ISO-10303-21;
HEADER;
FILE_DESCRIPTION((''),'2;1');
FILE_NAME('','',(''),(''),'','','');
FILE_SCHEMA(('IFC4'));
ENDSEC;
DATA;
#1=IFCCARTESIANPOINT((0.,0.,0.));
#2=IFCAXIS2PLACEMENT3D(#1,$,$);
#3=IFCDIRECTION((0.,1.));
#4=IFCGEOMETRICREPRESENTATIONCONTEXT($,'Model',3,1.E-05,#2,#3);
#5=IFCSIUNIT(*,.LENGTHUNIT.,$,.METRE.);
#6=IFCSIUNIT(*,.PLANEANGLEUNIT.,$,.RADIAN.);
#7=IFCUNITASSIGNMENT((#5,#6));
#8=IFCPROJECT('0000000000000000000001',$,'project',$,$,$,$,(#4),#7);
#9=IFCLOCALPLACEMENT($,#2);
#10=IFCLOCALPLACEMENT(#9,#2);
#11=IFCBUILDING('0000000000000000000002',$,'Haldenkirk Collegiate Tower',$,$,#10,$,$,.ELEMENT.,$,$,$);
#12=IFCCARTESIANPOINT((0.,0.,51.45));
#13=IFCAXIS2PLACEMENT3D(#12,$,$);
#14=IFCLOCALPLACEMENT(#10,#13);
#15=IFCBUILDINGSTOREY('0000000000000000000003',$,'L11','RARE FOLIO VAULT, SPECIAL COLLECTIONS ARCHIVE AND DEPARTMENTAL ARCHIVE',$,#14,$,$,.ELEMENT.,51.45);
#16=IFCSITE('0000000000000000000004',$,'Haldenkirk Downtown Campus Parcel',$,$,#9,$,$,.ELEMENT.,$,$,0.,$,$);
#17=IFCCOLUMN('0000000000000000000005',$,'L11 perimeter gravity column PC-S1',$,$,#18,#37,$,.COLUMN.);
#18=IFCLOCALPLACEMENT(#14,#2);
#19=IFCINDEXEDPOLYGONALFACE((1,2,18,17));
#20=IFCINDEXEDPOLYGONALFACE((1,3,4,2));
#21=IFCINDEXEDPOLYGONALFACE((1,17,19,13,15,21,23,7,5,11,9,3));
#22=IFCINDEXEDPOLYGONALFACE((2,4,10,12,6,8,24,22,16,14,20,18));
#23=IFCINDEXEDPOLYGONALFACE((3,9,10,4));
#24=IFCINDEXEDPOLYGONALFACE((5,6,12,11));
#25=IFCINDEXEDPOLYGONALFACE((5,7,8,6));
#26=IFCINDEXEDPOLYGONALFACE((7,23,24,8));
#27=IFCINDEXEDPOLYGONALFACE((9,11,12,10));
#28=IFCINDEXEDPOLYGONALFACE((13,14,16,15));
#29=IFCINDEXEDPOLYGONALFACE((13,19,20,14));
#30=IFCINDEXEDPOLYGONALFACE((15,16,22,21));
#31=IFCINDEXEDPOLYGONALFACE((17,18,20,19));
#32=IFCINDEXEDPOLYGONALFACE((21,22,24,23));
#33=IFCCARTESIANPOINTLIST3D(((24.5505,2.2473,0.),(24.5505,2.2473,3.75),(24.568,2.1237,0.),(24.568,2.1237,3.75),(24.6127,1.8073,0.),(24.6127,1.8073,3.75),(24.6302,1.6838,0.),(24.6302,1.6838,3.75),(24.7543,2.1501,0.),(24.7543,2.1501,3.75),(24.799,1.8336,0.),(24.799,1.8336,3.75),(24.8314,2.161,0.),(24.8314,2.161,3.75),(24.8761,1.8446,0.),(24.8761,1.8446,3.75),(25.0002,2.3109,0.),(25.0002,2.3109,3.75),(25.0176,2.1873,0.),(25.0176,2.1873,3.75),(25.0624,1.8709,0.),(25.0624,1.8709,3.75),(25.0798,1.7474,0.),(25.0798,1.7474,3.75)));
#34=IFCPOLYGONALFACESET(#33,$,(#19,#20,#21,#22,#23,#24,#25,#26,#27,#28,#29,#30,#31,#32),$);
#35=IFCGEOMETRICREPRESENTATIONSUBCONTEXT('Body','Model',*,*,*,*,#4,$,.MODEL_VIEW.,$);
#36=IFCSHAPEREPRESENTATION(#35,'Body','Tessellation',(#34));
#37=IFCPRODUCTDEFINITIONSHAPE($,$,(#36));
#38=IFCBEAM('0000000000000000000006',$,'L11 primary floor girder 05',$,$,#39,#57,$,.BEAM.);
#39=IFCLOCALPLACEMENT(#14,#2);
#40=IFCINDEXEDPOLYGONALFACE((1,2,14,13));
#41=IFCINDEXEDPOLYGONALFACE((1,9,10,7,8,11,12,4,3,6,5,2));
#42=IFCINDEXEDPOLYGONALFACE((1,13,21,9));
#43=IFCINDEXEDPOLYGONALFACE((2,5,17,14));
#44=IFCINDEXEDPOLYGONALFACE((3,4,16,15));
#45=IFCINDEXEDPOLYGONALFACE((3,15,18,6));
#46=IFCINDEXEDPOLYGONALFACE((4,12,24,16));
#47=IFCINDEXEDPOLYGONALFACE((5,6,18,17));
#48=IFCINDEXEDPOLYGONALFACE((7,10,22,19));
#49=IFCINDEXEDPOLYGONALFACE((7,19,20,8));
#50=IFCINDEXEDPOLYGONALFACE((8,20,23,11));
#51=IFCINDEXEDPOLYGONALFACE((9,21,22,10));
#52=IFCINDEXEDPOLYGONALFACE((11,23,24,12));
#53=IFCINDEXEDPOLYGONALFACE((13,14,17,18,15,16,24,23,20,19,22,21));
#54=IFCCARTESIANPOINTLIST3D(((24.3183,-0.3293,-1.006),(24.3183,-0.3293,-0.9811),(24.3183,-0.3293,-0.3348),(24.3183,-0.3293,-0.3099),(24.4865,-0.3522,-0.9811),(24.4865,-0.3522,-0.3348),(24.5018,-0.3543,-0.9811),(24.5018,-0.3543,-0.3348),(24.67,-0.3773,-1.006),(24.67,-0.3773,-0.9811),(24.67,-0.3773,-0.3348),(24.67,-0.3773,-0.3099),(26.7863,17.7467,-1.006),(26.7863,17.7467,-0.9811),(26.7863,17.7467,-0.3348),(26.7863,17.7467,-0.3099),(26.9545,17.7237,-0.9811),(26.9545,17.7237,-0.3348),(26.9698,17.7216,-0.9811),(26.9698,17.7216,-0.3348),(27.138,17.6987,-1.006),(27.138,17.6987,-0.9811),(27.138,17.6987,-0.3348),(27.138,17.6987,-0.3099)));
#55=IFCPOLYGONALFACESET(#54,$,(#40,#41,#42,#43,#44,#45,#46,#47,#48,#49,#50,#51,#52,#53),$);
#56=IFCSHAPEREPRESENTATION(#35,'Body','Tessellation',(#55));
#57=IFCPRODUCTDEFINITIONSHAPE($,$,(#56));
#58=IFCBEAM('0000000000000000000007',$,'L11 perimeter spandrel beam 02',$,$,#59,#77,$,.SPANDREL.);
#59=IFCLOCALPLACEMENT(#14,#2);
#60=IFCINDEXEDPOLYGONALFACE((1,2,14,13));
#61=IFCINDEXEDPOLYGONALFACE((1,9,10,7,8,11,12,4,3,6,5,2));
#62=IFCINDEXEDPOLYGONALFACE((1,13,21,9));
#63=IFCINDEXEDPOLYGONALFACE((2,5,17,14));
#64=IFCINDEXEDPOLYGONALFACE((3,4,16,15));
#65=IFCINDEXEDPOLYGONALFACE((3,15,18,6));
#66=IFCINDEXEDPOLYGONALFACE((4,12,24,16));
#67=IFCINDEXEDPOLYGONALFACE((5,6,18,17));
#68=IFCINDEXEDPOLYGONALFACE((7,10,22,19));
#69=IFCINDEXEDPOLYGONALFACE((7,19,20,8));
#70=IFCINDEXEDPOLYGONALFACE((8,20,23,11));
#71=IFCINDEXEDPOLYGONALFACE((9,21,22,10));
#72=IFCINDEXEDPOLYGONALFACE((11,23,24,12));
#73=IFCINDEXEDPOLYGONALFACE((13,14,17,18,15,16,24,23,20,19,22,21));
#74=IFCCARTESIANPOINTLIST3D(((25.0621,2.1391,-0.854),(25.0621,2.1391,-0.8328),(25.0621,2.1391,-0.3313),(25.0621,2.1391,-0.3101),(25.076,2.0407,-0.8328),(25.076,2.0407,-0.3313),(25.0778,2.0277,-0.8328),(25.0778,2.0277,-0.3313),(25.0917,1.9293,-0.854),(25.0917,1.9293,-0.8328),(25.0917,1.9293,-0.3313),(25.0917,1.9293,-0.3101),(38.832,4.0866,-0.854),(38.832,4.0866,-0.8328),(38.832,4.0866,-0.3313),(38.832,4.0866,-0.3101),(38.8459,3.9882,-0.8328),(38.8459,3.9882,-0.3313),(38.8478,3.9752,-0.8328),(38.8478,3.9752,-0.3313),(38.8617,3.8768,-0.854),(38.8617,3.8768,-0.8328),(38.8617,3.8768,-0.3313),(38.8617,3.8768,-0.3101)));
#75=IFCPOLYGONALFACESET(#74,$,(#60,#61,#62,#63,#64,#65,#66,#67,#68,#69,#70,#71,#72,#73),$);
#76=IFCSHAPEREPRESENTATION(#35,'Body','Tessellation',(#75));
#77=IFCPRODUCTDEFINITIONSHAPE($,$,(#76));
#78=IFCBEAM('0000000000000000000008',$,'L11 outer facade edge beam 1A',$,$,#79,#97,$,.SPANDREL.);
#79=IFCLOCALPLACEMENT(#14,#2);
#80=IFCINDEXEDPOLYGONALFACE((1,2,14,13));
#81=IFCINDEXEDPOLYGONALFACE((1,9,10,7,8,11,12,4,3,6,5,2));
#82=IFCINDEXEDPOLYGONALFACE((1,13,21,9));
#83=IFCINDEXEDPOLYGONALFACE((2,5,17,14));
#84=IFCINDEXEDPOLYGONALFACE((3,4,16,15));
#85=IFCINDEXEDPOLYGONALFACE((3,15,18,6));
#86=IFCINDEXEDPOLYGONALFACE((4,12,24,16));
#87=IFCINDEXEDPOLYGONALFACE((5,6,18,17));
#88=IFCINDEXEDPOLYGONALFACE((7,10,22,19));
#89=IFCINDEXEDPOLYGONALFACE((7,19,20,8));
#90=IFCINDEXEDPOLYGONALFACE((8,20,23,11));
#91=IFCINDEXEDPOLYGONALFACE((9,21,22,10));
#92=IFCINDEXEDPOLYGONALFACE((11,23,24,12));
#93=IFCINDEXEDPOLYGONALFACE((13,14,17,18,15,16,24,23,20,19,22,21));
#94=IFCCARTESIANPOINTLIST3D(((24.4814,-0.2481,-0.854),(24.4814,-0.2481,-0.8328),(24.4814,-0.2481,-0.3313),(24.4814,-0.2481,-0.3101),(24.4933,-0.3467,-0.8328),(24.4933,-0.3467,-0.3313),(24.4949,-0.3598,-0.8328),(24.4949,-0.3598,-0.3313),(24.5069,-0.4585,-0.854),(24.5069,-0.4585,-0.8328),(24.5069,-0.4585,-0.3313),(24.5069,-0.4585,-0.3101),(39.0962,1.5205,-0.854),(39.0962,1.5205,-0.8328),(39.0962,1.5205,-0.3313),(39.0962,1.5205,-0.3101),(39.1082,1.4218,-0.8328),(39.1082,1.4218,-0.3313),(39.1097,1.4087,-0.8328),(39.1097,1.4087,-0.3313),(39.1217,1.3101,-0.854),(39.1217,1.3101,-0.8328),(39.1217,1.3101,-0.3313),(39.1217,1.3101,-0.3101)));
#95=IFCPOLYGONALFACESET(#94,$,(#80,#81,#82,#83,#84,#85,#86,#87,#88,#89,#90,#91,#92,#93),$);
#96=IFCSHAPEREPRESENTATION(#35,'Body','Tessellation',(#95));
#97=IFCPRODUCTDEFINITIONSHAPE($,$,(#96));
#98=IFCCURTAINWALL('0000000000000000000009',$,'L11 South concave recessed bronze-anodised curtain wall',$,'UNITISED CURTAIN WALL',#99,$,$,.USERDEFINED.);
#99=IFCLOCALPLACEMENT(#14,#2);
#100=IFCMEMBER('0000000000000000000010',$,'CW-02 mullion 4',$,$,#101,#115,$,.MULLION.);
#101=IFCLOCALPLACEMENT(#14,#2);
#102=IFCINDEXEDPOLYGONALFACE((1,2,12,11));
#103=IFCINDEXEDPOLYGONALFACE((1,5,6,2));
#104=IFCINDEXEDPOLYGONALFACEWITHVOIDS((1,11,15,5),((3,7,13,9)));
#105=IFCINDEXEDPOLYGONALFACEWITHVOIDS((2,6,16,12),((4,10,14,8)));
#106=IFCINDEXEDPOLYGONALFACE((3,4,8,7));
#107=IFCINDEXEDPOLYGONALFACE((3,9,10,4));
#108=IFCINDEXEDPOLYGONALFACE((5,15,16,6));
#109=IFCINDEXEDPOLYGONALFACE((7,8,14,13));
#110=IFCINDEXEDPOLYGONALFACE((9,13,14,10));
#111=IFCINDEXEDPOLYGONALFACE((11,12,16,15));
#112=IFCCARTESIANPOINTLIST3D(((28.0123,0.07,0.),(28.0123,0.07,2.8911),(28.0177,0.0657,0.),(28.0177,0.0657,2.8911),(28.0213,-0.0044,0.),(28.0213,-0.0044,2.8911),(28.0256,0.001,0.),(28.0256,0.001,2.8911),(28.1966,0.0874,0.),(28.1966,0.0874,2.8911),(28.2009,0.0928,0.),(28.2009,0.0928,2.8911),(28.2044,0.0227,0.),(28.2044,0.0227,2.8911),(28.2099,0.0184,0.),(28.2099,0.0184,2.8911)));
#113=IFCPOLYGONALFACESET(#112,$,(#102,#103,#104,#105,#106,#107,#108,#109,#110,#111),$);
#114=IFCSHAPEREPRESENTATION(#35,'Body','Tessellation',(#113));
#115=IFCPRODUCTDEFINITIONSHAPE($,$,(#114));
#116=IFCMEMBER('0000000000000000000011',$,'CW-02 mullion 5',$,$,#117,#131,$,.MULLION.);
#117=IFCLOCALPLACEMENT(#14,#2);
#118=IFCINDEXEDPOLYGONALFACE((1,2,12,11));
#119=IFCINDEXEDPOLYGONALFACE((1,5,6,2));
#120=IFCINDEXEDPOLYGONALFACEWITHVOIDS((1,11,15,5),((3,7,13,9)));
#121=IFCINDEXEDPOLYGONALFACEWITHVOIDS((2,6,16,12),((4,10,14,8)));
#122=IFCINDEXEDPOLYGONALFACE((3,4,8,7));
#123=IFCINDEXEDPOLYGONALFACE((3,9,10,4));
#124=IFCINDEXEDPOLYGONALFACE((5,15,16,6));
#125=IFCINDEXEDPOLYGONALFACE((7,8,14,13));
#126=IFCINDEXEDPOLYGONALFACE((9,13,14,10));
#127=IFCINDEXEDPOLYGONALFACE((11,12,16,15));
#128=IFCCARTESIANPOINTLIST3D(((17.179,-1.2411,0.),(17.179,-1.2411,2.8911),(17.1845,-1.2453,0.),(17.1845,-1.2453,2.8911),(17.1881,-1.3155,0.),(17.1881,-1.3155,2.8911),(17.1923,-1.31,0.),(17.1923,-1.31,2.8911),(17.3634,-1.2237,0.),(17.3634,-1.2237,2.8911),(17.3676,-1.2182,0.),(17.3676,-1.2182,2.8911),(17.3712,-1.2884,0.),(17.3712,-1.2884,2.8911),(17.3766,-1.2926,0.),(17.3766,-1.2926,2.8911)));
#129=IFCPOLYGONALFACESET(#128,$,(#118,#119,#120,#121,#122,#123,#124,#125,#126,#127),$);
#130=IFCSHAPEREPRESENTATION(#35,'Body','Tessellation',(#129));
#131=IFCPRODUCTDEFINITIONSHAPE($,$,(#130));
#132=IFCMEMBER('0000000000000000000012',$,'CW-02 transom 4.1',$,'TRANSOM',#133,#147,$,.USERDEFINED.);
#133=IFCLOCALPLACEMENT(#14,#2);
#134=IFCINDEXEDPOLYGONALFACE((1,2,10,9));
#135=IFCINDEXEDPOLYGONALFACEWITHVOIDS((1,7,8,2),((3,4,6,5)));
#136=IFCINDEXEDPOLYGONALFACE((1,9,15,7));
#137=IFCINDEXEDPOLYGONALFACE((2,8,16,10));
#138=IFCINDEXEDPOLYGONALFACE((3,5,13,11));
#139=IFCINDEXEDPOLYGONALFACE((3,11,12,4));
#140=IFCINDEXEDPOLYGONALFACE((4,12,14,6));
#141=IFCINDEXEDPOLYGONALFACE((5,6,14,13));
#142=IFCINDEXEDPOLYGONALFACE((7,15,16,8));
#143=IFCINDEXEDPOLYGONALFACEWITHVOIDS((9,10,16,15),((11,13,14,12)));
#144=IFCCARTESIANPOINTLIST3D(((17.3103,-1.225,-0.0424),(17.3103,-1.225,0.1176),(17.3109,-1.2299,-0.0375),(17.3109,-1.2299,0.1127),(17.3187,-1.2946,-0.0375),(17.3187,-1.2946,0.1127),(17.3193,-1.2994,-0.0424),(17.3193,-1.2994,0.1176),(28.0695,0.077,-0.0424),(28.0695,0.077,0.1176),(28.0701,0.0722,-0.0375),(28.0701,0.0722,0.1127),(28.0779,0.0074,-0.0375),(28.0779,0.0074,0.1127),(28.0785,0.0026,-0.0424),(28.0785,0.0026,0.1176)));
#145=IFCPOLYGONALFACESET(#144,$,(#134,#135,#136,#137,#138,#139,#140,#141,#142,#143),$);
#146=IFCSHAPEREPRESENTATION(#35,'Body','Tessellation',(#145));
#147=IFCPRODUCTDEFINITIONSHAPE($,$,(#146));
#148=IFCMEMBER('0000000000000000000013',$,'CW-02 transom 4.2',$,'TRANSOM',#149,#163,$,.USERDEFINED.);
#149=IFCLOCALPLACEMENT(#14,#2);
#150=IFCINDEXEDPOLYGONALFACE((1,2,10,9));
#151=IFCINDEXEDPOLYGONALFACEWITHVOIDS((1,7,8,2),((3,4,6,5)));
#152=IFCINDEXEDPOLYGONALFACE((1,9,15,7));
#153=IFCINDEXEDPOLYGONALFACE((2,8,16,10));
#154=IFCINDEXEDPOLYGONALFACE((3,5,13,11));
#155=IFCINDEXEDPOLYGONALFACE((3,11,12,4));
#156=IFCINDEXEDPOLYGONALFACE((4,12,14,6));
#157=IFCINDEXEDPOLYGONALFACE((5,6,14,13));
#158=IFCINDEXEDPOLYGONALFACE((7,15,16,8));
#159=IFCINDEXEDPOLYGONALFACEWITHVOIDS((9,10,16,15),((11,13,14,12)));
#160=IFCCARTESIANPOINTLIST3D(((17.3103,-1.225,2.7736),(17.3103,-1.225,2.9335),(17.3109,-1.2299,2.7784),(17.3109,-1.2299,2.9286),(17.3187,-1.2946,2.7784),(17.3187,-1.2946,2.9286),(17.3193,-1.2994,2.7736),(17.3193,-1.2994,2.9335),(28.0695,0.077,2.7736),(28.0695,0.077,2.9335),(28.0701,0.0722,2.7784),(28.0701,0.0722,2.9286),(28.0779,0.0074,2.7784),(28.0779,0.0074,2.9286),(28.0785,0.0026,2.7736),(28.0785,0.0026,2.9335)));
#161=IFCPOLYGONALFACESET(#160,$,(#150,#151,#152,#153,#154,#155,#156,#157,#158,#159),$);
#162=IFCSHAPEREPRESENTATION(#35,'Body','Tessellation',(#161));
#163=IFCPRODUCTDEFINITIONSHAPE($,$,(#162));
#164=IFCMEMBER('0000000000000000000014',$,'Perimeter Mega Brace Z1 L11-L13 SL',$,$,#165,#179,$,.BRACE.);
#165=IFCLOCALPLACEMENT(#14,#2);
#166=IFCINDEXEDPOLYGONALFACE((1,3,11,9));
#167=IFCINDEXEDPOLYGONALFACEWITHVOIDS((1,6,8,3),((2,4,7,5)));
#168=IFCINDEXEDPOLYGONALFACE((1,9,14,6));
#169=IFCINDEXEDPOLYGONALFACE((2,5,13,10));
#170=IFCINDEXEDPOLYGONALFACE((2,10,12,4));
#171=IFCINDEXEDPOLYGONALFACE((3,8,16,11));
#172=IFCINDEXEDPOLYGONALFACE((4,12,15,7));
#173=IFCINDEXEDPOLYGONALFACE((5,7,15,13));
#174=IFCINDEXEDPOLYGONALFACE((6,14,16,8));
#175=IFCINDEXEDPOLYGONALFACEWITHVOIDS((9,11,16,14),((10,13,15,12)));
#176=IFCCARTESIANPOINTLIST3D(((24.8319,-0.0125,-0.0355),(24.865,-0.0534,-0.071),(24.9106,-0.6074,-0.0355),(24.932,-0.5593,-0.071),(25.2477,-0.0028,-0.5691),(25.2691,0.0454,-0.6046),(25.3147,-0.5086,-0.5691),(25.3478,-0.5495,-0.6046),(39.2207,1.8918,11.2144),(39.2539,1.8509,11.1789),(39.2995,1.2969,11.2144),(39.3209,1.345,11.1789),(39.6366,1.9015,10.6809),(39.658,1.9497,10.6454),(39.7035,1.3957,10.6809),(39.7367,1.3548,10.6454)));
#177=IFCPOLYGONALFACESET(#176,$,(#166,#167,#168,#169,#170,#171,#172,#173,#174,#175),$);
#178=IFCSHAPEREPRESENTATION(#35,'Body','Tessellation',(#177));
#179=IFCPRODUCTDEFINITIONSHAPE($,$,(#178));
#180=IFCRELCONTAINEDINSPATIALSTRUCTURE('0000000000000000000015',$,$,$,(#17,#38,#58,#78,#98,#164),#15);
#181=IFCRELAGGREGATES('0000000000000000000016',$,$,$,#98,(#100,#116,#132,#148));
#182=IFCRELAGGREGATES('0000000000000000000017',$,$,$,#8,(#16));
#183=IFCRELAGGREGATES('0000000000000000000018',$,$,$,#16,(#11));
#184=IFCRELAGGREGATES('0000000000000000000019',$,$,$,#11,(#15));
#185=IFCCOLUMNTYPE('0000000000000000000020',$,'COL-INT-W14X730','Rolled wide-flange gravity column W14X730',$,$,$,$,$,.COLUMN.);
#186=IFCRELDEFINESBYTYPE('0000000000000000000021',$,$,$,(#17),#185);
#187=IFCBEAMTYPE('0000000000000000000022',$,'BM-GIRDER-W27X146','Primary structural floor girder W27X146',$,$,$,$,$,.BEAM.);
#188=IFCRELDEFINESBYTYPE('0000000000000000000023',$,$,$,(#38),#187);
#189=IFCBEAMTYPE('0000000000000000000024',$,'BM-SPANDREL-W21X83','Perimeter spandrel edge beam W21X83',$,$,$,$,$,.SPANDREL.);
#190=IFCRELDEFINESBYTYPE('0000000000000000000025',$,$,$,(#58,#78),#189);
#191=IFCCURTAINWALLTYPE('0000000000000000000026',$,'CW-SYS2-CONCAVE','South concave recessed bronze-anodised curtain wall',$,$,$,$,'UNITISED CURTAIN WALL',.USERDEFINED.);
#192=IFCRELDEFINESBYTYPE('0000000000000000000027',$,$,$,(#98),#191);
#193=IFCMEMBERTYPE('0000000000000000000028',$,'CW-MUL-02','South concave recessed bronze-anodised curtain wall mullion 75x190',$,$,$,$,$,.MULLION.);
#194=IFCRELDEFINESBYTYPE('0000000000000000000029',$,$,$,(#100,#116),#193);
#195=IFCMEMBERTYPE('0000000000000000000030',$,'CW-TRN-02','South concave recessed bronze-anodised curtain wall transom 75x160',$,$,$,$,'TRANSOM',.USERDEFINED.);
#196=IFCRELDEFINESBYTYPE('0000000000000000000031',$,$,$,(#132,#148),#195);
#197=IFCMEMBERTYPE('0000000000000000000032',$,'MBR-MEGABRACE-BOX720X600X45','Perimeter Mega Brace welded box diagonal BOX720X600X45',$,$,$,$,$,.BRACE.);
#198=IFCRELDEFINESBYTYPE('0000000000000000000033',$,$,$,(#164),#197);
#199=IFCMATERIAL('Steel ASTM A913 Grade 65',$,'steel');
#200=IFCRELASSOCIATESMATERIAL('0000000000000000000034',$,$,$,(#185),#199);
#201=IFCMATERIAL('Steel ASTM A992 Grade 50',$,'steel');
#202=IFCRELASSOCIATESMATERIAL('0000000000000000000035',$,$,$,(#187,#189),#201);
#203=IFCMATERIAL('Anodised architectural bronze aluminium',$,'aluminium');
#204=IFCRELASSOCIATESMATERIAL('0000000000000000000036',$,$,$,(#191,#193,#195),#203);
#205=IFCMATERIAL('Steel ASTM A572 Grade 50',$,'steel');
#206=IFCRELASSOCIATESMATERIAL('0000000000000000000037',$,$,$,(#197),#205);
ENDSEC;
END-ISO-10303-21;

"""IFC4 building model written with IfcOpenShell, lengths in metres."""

from ifc_helpers import new_model, si_unit, direction, frame, origin, origin_2d, place, context, subcontext, project, spatial, hollow_rectangle, i_section, extrude, material, material_profile, profile_set, type_object, element, aggregate, save


model = new_model("IFC4")

# Units and contexts
model_context = context("Model", 3, precision=1e-05, world=origin(), true_north=direction((0.0, 1.0)))
body_context = subcontext(model_context, "Body", "Model", "MODEL_VIEW")
ifc_project = project(units=[si_unit("LENGTHUNIT", "METRE"), si_unit("PLANEANGLEUNIT", "RADIAN")], contexts=[model_context])

# Site, building, storey
site_placement = place(None, origin())
site = spatial("IfcSite", under=ifc_project, at=site_placement, Name="Haldenkirk Downtown Campus Parcel", CompositionType="ELEMENT", RefElevation=0.0)
building_placement = place(site_placement, origin())
building = spatial("IfcBuilding", under=site, at=building_placement, Name="Haldenkirk Collegiate Tower", CompositionType="ELEMENT")
storey_placement = place(building_placement, frame((0.0, 0.0, 51.45)))
storey = spatial("IfcBuildingStorey", under=building, at=storey_placement, Name="L11", Description="RARE FOLIO VAULT, SPECIAL COLLECTIONS ARCHIVE AND DEPARTMENTAL ARCHIVE", CompositionType="ELEMENT", Elevation=51.45)

# Column
ifc_material_1 = material(Name="Steel ASTM A913 Grade 65", Category="steel")
ifc_material_profile_1 = material_profile(ifc_material_1, i_section(OverallWidth=0.4541, OverallDepth=0.5691, WebThickness=0.0779, FlangeThickness=0.1248, at=origin_2d()), Name="W14X730")
ifc_profile_set_1 = profile_set([ifc_material_profile_1], Name="Steel ASTM A913 Grade 65")
column_type = type_object("IfcColumnType", Name="COL-INT-W14X730", Description="Rolled wide-flange gravity column W14X730", PredefinedType="COLUMN", material=ifc_profile_set_1)
column_placement = place(storey_placement, frame((24.8152, 1.9973, 0.0), z_axis=(0.0, 0.0, 1.0), x_axis=(0.990146, 0.140037, 0.0)))
element("IfcColumn", 1, at=column_placement, inside=storey, type_object=column_type, Name="L11 perimeter gravity column PC-S1", PredefinedType="COLUMN", context=body_context, shape_type="SweptSolid", body=[
    extrude(i_section(OverallWidth=0.4541, OverallDepth=0.5691, WebThickness=0.0779, FlangeThickness=0.1248, at=origin_2d()), origin(), (0.0, 0.0, 1.0), 3.75),
])

# Beams
ifc_material_2 = material(Name="Steel ASTM A992 Grade 50", Category="steel")
ifc_material_profile_2 = material_profile(ifc_material_2, i_section(OverallWidth=0.355, OverallDepth=0.696, WebThickness=0.0154, FlangeThickness=0.0249, at=origin_2d()), Name="W27X146")
ifc_profile_set_2 = profile_set([ifc_material_profile_2], Name="Steel ASTM A992 Grade 50")
beam_type_1 = type_object("IfcBeamType", Name="BM-GIRDER-W27X146", Description="Primary structural floor girder W27X146", PredefinedType="BEAM", material=ifc_profile_set_2)
beam_1_placement = place(storey_placement, frame((24.4941, -0.3533, -0.658), z_axis=(0.135281, 0.990807, 0.0), x_axis=(-0.990807, 0.135281, 0.0)))
element("IfcBeam", 2, at=beam_1_placement, inside=storey, type_object=beam_type_1, Name="L11 primary floor girder 05", PredefinedType="BEAM", context=body_context, shape_type="SweptSolid", body=[
    extrude(i_section(OverallWidth=0.355, OverallDepth=0.696, WebThickness=0.0154, FlangeThickness=0.0249, at=origin_2d()), origin(), (0.0, 0.0, 1.0), 18.2437),
])
ifc_material_profile_3 = material_profile(ifc_material_2, i_section(OverallWidth=0.2119, OverallDepth=0.5439, WebThickness=0.0132, FlangeThickness=0.0212, at=origin_2d()), Name="W21X83")
ifc_profile_set_3 = profile_set([ifc_material_profile_3], Name="Steel ASTM A992 Grade 50")
beam_type_2 = type_object("IfcBeamType", Name="BM-SPANDREL-W21X83", Description="Perimeter spandrel edge beam W21X83", PredefinedType="SPANDREL", material=ifc_profile_set_3)
beam_2_placement = place(storey_placement, frame((25.0769, 2.0342, -0.582), z_axis=(0.990146, 0.140038, 0.0), x_axis=(-0.140038, 0.990146, 0.0)))
element("IfcBeam", 3, at=beam_2_placement, inside=storey, type_object=beam_type_2, Name="L11 perimeter spandrel beam 02", PredefinedType="SPANDREL", context=body_context, shape_type="SweptSolid", body=[
    extrude(i_section(OverallWidth=0.2119, OverallDepth=0.5439, WebThickness=0.0132, FlangeThickness=0.0212, at=origin_2d()), origin(), (0.0, 0.0, 1.0), 13.907),
])
beam_3_placement = place(storey_placement, frame((24.4941, -0.3533, -0.582), z_axis=(0.992758, 0.120135, 0.0), x_axis=(-0.120135, 0.992758, 0.0)))
element("IfcBeam", 4, at=beam_3_placement, inside=storey, type_object=beam_type_2, Name="L11 outer facade edge beam 1A", PredefinedType="SPANDREL", context=body_context, shape_type="SweptSolid", body=[
    extrude(i_section(OverallWidth=0.2119, OverallDepth=0.5439, WebThickness=0.0132, FlangeThickness=0.0212, at=origin_2d()), origin(), (0.0, 0.0, 1.0), 14.7214),
])

# Curtain wall, members
ifc_material_3 = material(Name="Anodised architectural bronze aluminium", Category="aluminium")
curtain_wall_type = type_object("IfcCurtainWallType", Name="CW-SYS2-CONCAVE", Description="South concave recessed bronze-anodised curtain wall", ElementType="UNITISED CURTAIN WALL", PredefinedType="USERDEFINED", material=ifc_material_3)
curtain_wall_placement = place(storey_placement, origin())
curtain_wall = element("IfcCurtainWall", 5, at=curtain_wall_placement, inside=storey, type_object=curtain_wall_type, Name="L11 South concave recessed bronze-anodised curtain wall", ObjectType="UNITISED CURTAIN WALL", PredefinedType="USERDEFINED")
ifc_material_profile_4 = material_profile(ifc_material_3, hollow_rectangle(XDim=0.075, YDim=0.1899, WallThickness=0.0049, at=origin_2d()), Name="CW-MUL-02")
ifc_profile_set_4 = profile_set([ifc_material_profile_4], Name="Anodised architectural bronze aluminium")
member_type_1 = type_object("IfcMemberType", Name="CW-MUL-02", Description="South concave recessed bronze-anodised curtain wall mullion 75x190", PredefinedType="MULLION", material=ifc_profile_set_4)
member_1_placement = place(storey_placement, frame((28.1111, 0.0442, 0.0), z_axis=(0.0, 0.0, 1.0), x_axis=(0.120139, -0.992757, 0.0)))
member_1 = element("IfcMember", 6, at=member_1_placement, type_object=member_type_1, Name="CW-02 mullion 4", PredefinedType="MULLION", context=body_context, shape_type="SweptSolid", body=[
    extrude(hollow_rectangle(XDim=0.075, YDim=0.1899, WallThickness=0.0049, at=origin_2d()), origin(), (0.0, 0.0, 1.0), 2.8911),
])
member_2_placement = place(storey_placement, frame((17.2778, -1.2668, 0.0), z_axis=(0.0, 0.0, 1.0), x_axis=(0.120139, -0.992757, 0.0)))
member_2 = element("IfcMember", 7, at=member_2_placement, type_object=member_type_1, Name="CW-02 mullion 5", PredefinedType="MULLION", context=body_context, shape_type="SweptSolid", body=[
    extrude(hollow_rectangle(XDim=0.075, YDim=0.1899, WallThickness=0.0049, at=origin_2d()), origin(), (0.0, 0.0, 1.0), 2.8911),
])
ifc_material_profile_5 = material_profile(ifc_material_3, hollow_rectangle(XDim=0.075, YDim=0.1599, WallThickness=0.0049, at=origin_2d()), Name="CW-TRN-02")
ifc_profile_set_5 = profile_set([ifc_material_profile_5], Name="Anodised architectural bronze aluminium")
member_type_2 = type_object("IfcMemberType", Name="CW-TRN-02", Description="South concave recessed bronze-anodised curtain wall transom 75x160", ElementType="TRANSOM", PredefinedType="USERDEFINED", material=ifc_profile_set_5)
member_3_placement = place(storey_placement, frame((28.074, 0.0398, 0.0376), z_axis=(-0.992757, -0.120138, 0.0), x_axis=(0.120138, -0.992757, 0.0)))
member_3 = element("IfcMember", 8, at=member_3_placement, type_object=member_type_2, Name="CW-02 transom 4.1", ObjectType="TRANSOM", PredefinedType="USERDEFINED", context=body_context, shape_type="SweptSolid", body=[
    extrude(hollow_rectangle(XDim=0.075, YDim=0.1599, WallThickness=0.0049, at=origin_2d()), origin(), (0.0, 0.0, 1.0), 10.8376),
])
member_4_placement = place(storey_placement, frame((28.074, 0.0398, 2.8535), z_axis=(-0.992757, -0.120138, 0.0), x_axis=(0.120138, -0.992757, 0.0)))
member_4 = element("IfcMember", 9, at=member_4_placement, type_object=member_type_2, Name="CW-02 transom 4.2", ObjectType="TRANSOM", PredefinedType="USERDEFINED", context=body_context, shape_type="SweptSolid", body=[
    extrude(hollow_rectangle(XDim=0.075, YDim=0.1599, WallThickness=0.0049, at=origin_2d()), origin(), (0.0, 0.0, 1.0), 10.8376),
])

# Member
ifc_material_4 = material(Name="Steel ASTM A572 Grade 50", Category="steel")
ifc_material_profile_6 = material_profile(ifc_material_4, hollow_rectangle(XDim=0.6001, YDim=0.72, WallThickness=0.0449, at=origin_2d()), Name="BOX720X600X45")
ifc_profile_set_6 = profile_set([ifc_material_profile_6], Name="Steel ASTM A572 Grade 50")
member_type_3 = type_object("IfcMemberType", Name="MBR-MEGABRACE-BOX720X600X45", Description="Perimeter Mega Brace welded box diagonal BOX720X600X45", PredefinedType="BRACE", material=ifc_profile_set_6)
member_5_placement = place(storey_placement, frame((25.0898, -0.281, -0.3201), z_axis=(0.783547, 0.103698, 0.612618), x_axis=(-0.131201, 0.991356, 0.0)))
element("IfcMember", 10, at=member_5_placement, inside=storey, type_object=member_type_3, Name="Perimeter Mega Brace Z1 L11-L13 SL", PredefinedType="BRACE", context=body_context, shape_type="SweptSolid", body=[
    extrude(hollow_rectangle(XDim=0.6001, YDim=0.72, WallThickness=0.0449, at=origin_2d()), origin(), (0.0, 0.0, 1.0), 18.3638),
])

aggregate(curtain_wall, [member_1, member_2, member_3, member_4])

save(model, "model.ifc")
